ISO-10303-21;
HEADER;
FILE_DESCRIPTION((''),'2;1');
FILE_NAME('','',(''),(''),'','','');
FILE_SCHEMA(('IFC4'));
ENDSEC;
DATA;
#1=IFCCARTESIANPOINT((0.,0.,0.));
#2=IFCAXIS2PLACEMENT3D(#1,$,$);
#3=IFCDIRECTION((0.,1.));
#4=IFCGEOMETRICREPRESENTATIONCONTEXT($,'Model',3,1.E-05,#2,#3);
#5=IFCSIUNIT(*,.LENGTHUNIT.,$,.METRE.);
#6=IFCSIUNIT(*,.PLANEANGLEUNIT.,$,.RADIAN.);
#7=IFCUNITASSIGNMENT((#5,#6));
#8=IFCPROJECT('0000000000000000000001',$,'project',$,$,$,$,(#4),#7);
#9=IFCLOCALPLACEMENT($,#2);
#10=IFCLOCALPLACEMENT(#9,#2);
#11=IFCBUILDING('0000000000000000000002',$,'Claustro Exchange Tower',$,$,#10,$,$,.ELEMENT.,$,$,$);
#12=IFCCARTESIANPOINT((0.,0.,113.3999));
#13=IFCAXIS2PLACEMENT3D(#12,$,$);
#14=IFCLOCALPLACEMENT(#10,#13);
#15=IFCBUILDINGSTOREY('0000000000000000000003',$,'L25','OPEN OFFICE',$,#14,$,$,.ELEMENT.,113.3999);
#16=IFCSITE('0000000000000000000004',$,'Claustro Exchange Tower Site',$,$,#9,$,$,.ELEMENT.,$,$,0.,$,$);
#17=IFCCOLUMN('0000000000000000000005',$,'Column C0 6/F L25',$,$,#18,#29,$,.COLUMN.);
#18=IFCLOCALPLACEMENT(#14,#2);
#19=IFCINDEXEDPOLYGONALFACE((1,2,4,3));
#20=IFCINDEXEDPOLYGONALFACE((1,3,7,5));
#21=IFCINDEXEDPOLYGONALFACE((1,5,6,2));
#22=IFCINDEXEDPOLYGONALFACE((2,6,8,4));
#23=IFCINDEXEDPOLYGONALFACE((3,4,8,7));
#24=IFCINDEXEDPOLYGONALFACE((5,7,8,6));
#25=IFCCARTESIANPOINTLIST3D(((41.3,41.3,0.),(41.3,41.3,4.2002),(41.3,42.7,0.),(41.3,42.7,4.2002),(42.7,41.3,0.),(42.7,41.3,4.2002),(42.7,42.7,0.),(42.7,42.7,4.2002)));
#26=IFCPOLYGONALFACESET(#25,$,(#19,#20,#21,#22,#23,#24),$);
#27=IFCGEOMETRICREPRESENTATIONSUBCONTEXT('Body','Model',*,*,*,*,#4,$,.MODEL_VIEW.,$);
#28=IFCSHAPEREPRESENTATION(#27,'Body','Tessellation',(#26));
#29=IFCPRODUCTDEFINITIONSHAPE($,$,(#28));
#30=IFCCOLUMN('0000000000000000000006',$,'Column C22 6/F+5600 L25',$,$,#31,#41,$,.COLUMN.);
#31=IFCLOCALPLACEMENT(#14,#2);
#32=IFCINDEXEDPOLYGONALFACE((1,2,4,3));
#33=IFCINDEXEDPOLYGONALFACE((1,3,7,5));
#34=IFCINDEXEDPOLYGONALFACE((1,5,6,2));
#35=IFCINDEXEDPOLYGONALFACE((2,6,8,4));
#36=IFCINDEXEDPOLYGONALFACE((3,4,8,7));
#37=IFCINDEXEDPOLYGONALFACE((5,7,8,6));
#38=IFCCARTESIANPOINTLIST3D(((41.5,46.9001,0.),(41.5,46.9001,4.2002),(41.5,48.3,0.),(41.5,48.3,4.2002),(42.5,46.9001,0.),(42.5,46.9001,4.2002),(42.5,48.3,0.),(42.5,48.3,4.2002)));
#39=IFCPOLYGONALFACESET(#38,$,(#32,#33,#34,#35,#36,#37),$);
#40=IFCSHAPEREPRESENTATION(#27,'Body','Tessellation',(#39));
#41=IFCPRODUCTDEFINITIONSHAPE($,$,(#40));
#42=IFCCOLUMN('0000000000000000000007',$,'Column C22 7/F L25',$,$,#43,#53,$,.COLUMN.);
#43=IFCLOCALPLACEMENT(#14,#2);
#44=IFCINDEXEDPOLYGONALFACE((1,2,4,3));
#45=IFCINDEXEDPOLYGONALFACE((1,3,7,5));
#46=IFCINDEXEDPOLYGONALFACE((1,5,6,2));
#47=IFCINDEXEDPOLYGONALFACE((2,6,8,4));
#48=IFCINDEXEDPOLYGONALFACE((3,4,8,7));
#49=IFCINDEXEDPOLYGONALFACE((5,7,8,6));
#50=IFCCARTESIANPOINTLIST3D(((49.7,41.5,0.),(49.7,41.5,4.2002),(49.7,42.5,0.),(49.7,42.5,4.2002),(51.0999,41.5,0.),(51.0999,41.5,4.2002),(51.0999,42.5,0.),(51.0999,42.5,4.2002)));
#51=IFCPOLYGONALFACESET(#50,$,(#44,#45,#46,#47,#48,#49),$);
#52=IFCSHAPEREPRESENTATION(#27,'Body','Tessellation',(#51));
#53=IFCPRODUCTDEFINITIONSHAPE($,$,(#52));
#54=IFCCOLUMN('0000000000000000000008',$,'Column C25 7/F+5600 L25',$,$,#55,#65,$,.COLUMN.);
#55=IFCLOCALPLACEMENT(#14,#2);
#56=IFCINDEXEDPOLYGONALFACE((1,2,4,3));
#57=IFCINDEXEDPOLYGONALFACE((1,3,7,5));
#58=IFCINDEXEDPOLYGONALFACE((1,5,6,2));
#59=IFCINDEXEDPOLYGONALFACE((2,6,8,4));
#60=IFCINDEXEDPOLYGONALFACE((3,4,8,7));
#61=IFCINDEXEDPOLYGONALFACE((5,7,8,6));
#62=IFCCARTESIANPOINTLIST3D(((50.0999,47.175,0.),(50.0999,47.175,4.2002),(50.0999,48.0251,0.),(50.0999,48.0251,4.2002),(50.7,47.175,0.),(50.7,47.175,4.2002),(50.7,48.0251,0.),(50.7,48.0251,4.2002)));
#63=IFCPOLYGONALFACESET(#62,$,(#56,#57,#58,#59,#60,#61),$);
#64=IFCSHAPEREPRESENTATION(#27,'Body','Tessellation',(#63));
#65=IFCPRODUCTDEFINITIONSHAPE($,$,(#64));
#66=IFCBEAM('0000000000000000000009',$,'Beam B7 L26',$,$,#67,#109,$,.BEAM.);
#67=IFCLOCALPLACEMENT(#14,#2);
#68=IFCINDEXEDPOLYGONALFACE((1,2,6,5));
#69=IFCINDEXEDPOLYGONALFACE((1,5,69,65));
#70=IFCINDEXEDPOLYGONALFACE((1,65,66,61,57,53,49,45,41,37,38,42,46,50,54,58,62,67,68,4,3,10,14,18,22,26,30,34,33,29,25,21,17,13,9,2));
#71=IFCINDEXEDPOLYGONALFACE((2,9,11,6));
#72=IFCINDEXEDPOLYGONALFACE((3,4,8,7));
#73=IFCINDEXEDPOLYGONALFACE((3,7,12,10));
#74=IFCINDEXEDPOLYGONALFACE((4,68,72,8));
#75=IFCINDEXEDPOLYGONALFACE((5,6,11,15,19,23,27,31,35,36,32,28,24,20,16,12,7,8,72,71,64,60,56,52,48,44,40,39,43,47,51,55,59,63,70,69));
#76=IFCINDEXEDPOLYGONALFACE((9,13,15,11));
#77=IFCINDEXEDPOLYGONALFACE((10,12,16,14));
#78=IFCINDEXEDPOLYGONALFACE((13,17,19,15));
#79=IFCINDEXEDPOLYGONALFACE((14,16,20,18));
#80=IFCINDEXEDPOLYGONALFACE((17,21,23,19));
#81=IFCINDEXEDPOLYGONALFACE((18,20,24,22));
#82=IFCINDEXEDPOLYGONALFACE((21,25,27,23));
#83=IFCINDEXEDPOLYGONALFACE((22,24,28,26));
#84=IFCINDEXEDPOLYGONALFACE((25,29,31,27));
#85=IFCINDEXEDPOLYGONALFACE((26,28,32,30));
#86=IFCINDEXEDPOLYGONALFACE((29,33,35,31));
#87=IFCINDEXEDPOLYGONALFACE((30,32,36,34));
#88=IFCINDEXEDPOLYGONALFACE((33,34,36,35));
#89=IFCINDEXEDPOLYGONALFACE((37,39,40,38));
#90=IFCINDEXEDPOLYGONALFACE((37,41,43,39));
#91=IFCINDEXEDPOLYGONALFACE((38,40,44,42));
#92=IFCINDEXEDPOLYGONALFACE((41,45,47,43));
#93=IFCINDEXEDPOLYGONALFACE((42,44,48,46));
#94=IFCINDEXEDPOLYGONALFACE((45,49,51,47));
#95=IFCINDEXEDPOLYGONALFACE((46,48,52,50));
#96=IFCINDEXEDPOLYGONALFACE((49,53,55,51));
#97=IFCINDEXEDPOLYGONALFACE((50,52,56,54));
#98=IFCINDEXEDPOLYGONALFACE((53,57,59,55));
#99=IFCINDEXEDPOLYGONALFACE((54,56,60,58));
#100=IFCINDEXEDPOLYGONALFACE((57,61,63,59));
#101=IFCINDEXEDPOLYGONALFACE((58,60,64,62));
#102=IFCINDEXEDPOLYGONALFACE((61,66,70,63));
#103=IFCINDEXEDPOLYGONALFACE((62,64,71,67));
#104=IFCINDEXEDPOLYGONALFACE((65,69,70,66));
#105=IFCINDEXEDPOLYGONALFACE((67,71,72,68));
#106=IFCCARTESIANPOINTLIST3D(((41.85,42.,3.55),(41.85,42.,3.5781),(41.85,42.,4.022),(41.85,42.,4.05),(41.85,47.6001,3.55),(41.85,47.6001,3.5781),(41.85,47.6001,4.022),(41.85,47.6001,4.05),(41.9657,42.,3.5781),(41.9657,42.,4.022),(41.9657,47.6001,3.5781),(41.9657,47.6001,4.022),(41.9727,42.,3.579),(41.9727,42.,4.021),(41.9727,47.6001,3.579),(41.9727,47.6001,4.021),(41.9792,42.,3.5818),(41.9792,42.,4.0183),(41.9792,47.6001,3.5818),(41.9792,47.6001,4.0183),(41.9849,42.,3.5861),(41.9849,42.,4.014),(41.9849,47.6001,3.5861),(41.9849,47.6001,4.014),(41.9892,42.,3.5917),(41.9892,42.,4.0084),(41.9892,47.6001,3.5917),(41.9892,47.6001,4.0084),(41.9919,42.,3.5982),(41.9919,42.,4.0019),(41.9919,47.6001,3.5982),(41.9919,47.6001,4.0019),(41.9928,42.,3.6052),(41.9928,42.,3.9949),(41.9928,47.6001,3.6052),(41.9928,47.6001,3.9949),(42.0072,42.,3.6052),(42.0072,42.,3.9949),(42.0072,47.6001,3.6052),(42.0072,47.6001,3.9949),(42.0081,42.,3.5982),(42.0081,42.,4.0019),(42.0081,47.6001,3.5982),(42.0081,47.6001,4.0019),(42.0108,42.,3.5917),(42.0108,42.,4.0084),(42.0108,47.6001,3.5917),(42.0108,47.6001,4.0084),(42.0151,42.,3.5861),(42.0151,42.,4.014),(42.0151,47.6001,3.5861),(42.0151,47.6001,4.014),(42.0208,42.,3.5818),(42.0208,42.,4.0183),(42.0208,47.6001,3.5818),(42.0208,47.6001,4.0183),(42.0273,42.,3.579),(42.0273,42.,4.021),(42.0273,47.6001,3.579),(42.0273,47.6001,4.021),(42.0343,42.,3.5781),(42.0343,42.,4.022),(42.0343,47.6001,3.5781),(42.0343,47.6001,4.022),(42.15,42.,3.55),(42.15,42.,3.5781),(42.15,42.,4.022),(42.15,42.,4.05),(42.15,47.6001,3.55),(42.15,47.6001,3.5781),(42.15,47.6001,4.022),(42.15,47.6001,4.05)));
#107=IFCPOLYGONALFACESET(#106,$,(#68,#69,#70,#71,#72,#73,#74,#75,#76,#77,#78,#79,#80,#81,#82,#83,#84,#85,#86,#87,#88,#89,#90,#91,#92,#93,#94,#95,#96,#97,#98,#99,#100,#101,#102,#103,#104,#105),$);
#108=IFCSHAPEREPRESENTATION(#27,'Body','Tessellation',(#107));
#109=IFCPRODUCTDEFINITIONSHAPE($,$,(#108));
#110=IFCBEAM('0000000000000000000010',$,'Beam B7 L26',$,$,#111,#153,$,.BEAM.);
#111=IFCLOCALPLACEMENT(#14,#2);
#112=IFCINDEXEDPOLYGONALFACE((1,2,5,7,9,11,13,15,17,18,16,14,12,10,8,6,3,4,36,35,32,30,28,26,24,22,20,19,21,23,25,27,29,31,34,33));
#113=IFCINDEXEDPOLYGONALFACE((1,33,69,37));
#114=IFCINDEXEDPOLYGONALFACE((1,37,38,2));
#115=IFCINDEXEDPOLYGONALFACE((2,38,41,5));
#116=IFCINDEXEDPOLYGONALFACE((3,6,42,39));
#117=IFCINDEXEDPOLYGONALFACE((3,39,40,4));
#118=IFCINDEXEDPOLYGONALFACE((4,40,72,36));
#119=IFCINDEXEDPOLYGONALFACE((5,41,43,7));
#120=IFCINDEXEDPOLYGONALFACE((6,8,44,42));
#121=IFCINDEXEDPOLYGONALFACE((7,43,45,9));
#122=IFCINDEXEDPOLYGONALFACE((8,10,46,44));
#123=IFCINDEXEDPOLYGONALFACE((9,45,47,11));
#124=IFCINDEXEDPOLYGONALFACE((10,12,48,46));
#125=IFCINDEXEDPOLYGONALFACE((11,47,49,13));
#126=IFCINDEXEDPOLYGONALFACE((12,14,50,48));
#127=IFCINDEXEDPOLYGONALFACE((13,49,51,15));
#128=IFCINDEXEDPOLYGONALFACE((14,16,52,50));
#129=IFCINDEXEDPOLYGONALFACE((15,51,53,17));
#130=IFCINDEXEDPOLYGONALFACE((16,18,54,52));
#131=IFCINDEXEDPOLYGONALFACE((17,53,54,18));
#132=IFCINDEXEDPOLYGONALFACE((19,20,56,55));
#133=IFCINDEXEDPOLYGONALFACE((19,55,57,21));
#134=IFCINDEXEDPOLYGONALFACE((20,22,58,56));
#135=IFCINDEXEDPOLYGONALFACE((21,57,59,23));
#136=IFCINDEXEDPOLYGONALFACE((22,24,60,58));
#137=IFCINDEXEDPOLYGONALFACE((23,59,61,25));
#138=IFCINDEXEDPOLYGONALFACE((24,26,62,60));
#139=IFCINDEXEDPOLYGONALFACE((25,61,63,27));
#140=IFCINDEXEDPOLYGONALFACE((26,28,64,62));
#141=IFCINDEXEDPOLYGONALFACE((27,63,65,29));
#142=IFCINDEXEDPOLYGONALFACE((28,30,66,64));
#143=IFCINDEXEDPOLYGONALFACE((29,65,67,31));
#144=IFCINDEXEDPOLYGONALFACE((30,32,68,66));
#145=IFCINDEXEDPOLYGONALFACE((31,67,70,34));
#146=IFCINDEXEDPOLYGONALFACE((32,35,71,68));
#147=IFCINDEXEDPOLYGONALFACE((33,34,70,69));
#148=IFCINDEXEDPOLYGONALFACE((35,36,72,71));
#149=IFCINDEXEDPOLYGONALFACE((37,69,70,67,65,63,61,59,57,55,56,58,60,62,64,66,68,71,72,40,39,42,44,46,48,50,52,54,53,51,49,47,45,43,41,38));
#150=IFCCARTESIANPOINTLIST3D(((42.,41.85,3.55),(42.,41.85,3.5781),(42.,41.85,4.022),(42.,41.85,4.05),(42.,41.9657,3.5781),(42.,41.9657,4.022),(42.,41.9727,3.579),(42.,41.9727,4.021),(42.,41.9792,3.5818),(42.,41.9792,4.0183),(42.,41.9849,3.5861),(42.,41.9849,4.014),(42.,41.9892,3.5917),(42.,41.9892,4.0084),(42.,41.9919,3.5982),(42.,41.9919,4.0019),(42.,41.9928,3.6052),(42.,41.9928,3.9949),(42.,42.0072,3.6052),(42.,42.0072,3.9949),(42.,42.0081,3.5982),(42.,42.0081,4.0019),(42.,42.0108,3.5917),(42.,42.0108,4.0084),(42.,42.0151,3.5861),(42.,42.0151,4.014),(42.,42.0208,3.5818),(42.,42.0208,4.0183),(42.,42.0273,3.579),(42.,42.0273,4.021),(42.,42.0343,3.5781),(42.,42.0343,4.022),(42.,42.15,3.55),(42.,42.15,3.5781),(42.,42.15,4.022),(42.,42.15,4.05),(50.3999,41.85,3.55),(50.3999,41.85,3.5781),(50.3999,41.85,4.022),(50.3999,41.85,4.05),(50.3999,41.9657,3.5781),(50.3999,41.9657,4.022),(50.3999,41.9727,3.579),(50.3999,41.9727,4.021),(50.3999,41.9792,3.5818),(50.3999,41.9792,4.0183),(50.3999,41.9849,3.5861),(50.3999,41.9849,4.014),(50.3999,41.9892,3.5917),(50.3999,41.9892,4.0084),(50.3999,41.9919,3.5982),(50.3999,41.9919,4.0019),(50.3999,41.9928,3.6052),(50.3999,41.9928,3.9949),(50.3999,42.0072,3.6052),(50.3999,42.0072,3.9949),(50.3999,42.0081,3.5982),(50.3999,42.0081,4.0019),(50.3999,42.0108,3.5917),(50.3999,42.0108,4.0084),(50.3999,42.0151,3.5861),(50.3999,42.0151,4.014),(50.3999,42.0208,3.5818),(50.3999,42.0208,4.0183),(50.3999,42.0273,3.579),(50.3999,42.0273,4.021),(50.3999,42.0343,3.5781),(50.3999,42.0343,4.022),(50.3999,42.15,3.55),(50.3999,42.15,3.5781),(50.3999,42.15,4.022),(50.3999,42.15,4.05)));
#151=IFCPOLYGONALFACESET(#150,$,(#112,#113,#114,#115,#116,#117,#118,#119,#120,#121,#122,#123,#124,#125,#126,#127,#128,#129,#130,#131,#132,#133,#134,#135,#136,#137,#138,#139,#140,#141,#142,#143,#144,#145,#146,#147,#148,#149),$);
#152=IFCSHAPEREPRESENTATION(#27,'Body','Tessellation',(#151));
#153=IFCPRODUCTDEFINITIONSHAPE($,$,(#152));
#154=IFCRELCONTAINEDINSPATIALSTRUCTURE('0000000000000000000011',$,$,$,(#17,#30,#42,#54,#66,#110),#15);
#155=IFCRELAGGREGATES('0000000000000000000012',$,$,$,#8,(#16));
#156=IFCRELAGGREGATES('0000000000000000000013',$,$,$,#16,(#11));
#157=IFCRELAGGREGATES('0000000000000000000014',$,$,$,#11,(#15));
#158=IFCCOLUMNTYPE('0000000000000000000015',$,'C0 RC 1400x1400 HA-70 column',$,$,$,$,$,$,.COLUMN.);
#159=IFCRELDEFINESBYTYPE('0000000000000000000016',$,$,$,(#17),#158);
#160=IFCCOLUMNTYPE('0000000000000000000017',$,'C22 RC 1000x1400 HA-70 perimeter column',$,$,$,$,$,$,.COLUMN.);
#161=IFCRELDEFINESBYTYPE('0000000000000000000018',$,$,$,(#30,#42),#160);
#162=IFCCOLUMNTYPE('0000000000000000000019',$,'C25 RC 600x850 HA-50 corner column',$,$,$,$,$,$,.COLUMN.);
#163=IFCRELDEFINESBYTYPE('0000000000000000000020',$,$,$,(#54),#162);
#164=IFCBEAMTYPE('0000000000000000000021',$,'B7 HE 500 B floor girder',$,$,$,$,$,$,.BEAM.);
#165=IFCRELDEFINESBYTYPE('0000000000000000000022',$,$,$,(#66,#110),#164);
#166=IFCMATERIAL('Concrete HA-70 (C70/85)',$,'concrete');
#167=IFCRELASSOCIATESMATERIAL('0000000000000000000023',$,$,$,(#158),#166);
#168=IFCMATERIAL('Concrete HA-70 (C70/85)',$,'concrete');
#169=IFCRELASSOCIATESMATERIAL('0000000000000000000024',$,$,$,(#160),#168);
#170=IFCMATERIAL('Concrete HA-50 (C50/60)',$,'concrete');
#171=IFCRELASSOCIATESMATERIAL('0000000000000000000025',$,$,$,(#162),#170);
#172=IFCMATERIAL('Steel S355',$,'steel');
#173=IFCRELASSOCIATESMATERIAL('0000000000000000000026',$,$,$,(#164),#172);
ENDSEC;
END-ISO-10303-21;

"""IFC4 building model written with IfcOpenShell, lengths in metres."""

from ifc_helpers import new_model, si_unit, direction, frame, origin, origin_2d, place, context, subcontext, project, spatial, rectangle, i_section, extrude, material, material_profile, profile_set, type_object, element, save


model = new_model("IFC4")

# Units and contexts
model_context = context("Model", 3, precision=1e-05, world=origin(), true_north=direction((0.0, 1.0)))
body_context = subcontext(model_context, "Body", "Model", "MODEL_VIEW")
ifc_project = project(units=[si_unit("LENGTHUNIT", "METRE"), si_unit("PLANEANGLEUNIT", "RADIAN")], contexts=[model_context])

# Site, building, storey
site_placement = place(None, origin())
site = spatial("IfcSite", under=ifc_project, at=site_placement, Name="Claustro Exchange Tower Site", CompositionType="ELEMENT", RefElevation=0.0)
building_placement = place(site_placement, origin())
building = spatial("IfcBuilding", under=site, at=building_placement, Name="Claustro Exchange Tower", CompositionType="ELEMENT")
storey_placement = place(building_placement, frame((0.0, 0.0, 113.3999)))
storey = spatial("IfcBuildingStorey", under=building, at=storey_placement, Name="L25", Description="OPEN OFFICE", CompositionType="ELEMENT", Elevation=113.3999)

# Columns
ifc_material_1 = material(Name="Concrete HA-70 (C70/85)", Category="concrete")
ifc_material_profile_1 = material_profile(ifc_material_1, rectangle(XDim=1.3999, YDim=1.3999, at=origin_2d()), Name="RC 1400x1400")
ifc_profile_set_1 = profile_set([ifc_material_profile_1], Name="Concrete HA-70 (C70/85)")
column_type_1 = type_object("IfcColumnType", Name="C0 RC 1400x1400 HA-70 column", PredefinedType="COLUMN", material=ifc_profile_set_1)
column_1_placement = place(storey_placement, frame((42.0, 42.0, 0.0), z_axis=(0.0, 0.0, 1.0), x_axis=(1.0, 0.0, 0.0)))
element("IfcColumn", 1, at=column_1_placement, inside=storey, type_object=column_type_1, Name="Column C0 6/F L25", PredefinedType="COLUMN", context=body_context, shape_type="SweptSolid", body=[
    extrude(rectangle(XDim=1.3999, YDim=1.3999, at=origin_2d()), origin(), (0.0, 0.0, 1.0), 4.2002),
])
ifc_material_2 = material(Name="Concrete HA-70 (C70/85)", Category="concrete")
ifc_material_profile_2 = material_profile(ifc_material_2, rectangle(XDim=1.0, YDim=1.3999, at=origin_2d()), Name="RC 1000x1400")
ifc_profile_set_2 = profile_set([ifc_material_profile_2], Name="Concrete HA-70 (C70/85)")
column_type_2 = type_object("IfcColumnType", Name="C22 RC 1000x1400 HA-70 perimeter column", PredefinedType="COLUMN", material=ifc_profile_set_2)
for number, where, z_axis, x_axis, name in (
    (2, (42.0, 47.6001, 0.0), (0.0, 0.0, 1.0), (1.0, 0.0, 0.0), "Column C22 6/F+5600 L25"),
    (3, (50.3999, 42.0, 0.0), (0.0, 0.0, 1.0), (0.0, 1.0, 0.0), "Column C22 7/F L25"),
):
    element("IfcColumn", number, at=place(storey_placement, frame(where, z_axis=z_axis, x_axis=x_axis)), inside=storey, type_object=column_type_2, Name=name, PredefinedType="COLUMN", context=body_context, shape_type="SweptSolid", body=[
        extrude(rectangle(XDim=1.0, YDim=1.3999, at=origin_2d()), origin(), (0.0, 0.0, 1.0), 4.2002),
    ])
ifc_material_3 = material(Name="Concrete HA-50 (C50/60)", Category="concrete")
ifc_material_profile_3 = material_profile(ifc_material_3, rectangle(XDim=0.6001, YDim=0.8501, at=origin_2d()), Name="RC 600x850")
ifc_profile_set_3 = profile_set([ifc_material_profile_3], Name="Concrete HA-50 (C50/60)")
column_type_3 = type_object("IfcColumnType", Name="C25 RC 600x850 HA-50 corner column", PredefinedType="COLUMN", material=ifc_profile_set_3)
column_2_placement = place(storey_placement, frame((50.3999, 47.6001, 0.0), z_axis=(0.0, 0.0, 1.0), x_axis=(1.0, 0.0, 0.0)))
element("IfcColumn", 4, at=column_2_placement, inside=storey, type_object=column_type_3, Name="Column C25 7/F+5600 L25", PredefinedType="COLUMN", context=body_context, shape_type="SweptSolid", body=[
    extrude(rectangle(XDim=0.6001, YDim=0.8501, at=origin_2d()), origin(), (0.0, 0.0, 1.0), 4.2002),
])

# Beams
ifc_material_4 = material(Name="Steel S355", Category="steel")
ifc_material_profile_4 = material_profile(ifc_material_4, i_section(OverallWidth=0.3, OverallDepth=0.5, WebThickness=0.0144, FlangeThickness=0.0281, FilletRadius=0.0271, at=origin_2d()), Name="HE 500 B")
ifc_profile_set_4 = profile_set([ifc_material_profile_4], Name="Steel S355")
beam_type_1 = type_object("IfcBeamType", Name="B7 HE 500 B floor girder", PredefinedType="BEAM", material=ifc_profile_set_4)
beam_1_placement = place(storey_placement, frame((42.0, 42.0, 3.8), z_axis=(0.0, 1.0, 0.0), x_axis=(-1.0, 0.0, 0.0)))
element("IfcBeam", 5, at=beam_1_placement, inside=storey, type_object=beam_type_1, Name="Beam B7 L26", PredefinedType="BEAM", context=body_context, shape_type="SweptSolid", body=[
    extrude(i_section(OverallWidth=0.3, OverallDepth=0.5, WebThickness=0.0144, FlangeThickness=0.0281, FilletRadius=0.0271, at=origin_2d()), origin(), (0.0, 0.0, 1.0), 5.6001),
])
beam_2_placement = place(storey_placement, frame((42.0, 42.0, 3.8), z_axis=(1.0, 0.0, 0.0), x_axis=(0.0, 1.0, 0.0)))
element("IfcBeam", 6, at=beam_2_placement, inside=storey, type_object=beam_type_1, Name="Beam B7 L26", PredefinedType="BEAM", context=body_context, shape_type="SweptSolid", body=[
    extrude(i_section(OverallWidth=0.3, OverallDepth=0.5, WebThickness=0.0144, FlangeThickness=0.0281, FilletRadius=0.0271, at=origin_2d()), origin(), (0.0, 0.0, 1.0), 8.3999),
])

save(model, "model.ifc")
